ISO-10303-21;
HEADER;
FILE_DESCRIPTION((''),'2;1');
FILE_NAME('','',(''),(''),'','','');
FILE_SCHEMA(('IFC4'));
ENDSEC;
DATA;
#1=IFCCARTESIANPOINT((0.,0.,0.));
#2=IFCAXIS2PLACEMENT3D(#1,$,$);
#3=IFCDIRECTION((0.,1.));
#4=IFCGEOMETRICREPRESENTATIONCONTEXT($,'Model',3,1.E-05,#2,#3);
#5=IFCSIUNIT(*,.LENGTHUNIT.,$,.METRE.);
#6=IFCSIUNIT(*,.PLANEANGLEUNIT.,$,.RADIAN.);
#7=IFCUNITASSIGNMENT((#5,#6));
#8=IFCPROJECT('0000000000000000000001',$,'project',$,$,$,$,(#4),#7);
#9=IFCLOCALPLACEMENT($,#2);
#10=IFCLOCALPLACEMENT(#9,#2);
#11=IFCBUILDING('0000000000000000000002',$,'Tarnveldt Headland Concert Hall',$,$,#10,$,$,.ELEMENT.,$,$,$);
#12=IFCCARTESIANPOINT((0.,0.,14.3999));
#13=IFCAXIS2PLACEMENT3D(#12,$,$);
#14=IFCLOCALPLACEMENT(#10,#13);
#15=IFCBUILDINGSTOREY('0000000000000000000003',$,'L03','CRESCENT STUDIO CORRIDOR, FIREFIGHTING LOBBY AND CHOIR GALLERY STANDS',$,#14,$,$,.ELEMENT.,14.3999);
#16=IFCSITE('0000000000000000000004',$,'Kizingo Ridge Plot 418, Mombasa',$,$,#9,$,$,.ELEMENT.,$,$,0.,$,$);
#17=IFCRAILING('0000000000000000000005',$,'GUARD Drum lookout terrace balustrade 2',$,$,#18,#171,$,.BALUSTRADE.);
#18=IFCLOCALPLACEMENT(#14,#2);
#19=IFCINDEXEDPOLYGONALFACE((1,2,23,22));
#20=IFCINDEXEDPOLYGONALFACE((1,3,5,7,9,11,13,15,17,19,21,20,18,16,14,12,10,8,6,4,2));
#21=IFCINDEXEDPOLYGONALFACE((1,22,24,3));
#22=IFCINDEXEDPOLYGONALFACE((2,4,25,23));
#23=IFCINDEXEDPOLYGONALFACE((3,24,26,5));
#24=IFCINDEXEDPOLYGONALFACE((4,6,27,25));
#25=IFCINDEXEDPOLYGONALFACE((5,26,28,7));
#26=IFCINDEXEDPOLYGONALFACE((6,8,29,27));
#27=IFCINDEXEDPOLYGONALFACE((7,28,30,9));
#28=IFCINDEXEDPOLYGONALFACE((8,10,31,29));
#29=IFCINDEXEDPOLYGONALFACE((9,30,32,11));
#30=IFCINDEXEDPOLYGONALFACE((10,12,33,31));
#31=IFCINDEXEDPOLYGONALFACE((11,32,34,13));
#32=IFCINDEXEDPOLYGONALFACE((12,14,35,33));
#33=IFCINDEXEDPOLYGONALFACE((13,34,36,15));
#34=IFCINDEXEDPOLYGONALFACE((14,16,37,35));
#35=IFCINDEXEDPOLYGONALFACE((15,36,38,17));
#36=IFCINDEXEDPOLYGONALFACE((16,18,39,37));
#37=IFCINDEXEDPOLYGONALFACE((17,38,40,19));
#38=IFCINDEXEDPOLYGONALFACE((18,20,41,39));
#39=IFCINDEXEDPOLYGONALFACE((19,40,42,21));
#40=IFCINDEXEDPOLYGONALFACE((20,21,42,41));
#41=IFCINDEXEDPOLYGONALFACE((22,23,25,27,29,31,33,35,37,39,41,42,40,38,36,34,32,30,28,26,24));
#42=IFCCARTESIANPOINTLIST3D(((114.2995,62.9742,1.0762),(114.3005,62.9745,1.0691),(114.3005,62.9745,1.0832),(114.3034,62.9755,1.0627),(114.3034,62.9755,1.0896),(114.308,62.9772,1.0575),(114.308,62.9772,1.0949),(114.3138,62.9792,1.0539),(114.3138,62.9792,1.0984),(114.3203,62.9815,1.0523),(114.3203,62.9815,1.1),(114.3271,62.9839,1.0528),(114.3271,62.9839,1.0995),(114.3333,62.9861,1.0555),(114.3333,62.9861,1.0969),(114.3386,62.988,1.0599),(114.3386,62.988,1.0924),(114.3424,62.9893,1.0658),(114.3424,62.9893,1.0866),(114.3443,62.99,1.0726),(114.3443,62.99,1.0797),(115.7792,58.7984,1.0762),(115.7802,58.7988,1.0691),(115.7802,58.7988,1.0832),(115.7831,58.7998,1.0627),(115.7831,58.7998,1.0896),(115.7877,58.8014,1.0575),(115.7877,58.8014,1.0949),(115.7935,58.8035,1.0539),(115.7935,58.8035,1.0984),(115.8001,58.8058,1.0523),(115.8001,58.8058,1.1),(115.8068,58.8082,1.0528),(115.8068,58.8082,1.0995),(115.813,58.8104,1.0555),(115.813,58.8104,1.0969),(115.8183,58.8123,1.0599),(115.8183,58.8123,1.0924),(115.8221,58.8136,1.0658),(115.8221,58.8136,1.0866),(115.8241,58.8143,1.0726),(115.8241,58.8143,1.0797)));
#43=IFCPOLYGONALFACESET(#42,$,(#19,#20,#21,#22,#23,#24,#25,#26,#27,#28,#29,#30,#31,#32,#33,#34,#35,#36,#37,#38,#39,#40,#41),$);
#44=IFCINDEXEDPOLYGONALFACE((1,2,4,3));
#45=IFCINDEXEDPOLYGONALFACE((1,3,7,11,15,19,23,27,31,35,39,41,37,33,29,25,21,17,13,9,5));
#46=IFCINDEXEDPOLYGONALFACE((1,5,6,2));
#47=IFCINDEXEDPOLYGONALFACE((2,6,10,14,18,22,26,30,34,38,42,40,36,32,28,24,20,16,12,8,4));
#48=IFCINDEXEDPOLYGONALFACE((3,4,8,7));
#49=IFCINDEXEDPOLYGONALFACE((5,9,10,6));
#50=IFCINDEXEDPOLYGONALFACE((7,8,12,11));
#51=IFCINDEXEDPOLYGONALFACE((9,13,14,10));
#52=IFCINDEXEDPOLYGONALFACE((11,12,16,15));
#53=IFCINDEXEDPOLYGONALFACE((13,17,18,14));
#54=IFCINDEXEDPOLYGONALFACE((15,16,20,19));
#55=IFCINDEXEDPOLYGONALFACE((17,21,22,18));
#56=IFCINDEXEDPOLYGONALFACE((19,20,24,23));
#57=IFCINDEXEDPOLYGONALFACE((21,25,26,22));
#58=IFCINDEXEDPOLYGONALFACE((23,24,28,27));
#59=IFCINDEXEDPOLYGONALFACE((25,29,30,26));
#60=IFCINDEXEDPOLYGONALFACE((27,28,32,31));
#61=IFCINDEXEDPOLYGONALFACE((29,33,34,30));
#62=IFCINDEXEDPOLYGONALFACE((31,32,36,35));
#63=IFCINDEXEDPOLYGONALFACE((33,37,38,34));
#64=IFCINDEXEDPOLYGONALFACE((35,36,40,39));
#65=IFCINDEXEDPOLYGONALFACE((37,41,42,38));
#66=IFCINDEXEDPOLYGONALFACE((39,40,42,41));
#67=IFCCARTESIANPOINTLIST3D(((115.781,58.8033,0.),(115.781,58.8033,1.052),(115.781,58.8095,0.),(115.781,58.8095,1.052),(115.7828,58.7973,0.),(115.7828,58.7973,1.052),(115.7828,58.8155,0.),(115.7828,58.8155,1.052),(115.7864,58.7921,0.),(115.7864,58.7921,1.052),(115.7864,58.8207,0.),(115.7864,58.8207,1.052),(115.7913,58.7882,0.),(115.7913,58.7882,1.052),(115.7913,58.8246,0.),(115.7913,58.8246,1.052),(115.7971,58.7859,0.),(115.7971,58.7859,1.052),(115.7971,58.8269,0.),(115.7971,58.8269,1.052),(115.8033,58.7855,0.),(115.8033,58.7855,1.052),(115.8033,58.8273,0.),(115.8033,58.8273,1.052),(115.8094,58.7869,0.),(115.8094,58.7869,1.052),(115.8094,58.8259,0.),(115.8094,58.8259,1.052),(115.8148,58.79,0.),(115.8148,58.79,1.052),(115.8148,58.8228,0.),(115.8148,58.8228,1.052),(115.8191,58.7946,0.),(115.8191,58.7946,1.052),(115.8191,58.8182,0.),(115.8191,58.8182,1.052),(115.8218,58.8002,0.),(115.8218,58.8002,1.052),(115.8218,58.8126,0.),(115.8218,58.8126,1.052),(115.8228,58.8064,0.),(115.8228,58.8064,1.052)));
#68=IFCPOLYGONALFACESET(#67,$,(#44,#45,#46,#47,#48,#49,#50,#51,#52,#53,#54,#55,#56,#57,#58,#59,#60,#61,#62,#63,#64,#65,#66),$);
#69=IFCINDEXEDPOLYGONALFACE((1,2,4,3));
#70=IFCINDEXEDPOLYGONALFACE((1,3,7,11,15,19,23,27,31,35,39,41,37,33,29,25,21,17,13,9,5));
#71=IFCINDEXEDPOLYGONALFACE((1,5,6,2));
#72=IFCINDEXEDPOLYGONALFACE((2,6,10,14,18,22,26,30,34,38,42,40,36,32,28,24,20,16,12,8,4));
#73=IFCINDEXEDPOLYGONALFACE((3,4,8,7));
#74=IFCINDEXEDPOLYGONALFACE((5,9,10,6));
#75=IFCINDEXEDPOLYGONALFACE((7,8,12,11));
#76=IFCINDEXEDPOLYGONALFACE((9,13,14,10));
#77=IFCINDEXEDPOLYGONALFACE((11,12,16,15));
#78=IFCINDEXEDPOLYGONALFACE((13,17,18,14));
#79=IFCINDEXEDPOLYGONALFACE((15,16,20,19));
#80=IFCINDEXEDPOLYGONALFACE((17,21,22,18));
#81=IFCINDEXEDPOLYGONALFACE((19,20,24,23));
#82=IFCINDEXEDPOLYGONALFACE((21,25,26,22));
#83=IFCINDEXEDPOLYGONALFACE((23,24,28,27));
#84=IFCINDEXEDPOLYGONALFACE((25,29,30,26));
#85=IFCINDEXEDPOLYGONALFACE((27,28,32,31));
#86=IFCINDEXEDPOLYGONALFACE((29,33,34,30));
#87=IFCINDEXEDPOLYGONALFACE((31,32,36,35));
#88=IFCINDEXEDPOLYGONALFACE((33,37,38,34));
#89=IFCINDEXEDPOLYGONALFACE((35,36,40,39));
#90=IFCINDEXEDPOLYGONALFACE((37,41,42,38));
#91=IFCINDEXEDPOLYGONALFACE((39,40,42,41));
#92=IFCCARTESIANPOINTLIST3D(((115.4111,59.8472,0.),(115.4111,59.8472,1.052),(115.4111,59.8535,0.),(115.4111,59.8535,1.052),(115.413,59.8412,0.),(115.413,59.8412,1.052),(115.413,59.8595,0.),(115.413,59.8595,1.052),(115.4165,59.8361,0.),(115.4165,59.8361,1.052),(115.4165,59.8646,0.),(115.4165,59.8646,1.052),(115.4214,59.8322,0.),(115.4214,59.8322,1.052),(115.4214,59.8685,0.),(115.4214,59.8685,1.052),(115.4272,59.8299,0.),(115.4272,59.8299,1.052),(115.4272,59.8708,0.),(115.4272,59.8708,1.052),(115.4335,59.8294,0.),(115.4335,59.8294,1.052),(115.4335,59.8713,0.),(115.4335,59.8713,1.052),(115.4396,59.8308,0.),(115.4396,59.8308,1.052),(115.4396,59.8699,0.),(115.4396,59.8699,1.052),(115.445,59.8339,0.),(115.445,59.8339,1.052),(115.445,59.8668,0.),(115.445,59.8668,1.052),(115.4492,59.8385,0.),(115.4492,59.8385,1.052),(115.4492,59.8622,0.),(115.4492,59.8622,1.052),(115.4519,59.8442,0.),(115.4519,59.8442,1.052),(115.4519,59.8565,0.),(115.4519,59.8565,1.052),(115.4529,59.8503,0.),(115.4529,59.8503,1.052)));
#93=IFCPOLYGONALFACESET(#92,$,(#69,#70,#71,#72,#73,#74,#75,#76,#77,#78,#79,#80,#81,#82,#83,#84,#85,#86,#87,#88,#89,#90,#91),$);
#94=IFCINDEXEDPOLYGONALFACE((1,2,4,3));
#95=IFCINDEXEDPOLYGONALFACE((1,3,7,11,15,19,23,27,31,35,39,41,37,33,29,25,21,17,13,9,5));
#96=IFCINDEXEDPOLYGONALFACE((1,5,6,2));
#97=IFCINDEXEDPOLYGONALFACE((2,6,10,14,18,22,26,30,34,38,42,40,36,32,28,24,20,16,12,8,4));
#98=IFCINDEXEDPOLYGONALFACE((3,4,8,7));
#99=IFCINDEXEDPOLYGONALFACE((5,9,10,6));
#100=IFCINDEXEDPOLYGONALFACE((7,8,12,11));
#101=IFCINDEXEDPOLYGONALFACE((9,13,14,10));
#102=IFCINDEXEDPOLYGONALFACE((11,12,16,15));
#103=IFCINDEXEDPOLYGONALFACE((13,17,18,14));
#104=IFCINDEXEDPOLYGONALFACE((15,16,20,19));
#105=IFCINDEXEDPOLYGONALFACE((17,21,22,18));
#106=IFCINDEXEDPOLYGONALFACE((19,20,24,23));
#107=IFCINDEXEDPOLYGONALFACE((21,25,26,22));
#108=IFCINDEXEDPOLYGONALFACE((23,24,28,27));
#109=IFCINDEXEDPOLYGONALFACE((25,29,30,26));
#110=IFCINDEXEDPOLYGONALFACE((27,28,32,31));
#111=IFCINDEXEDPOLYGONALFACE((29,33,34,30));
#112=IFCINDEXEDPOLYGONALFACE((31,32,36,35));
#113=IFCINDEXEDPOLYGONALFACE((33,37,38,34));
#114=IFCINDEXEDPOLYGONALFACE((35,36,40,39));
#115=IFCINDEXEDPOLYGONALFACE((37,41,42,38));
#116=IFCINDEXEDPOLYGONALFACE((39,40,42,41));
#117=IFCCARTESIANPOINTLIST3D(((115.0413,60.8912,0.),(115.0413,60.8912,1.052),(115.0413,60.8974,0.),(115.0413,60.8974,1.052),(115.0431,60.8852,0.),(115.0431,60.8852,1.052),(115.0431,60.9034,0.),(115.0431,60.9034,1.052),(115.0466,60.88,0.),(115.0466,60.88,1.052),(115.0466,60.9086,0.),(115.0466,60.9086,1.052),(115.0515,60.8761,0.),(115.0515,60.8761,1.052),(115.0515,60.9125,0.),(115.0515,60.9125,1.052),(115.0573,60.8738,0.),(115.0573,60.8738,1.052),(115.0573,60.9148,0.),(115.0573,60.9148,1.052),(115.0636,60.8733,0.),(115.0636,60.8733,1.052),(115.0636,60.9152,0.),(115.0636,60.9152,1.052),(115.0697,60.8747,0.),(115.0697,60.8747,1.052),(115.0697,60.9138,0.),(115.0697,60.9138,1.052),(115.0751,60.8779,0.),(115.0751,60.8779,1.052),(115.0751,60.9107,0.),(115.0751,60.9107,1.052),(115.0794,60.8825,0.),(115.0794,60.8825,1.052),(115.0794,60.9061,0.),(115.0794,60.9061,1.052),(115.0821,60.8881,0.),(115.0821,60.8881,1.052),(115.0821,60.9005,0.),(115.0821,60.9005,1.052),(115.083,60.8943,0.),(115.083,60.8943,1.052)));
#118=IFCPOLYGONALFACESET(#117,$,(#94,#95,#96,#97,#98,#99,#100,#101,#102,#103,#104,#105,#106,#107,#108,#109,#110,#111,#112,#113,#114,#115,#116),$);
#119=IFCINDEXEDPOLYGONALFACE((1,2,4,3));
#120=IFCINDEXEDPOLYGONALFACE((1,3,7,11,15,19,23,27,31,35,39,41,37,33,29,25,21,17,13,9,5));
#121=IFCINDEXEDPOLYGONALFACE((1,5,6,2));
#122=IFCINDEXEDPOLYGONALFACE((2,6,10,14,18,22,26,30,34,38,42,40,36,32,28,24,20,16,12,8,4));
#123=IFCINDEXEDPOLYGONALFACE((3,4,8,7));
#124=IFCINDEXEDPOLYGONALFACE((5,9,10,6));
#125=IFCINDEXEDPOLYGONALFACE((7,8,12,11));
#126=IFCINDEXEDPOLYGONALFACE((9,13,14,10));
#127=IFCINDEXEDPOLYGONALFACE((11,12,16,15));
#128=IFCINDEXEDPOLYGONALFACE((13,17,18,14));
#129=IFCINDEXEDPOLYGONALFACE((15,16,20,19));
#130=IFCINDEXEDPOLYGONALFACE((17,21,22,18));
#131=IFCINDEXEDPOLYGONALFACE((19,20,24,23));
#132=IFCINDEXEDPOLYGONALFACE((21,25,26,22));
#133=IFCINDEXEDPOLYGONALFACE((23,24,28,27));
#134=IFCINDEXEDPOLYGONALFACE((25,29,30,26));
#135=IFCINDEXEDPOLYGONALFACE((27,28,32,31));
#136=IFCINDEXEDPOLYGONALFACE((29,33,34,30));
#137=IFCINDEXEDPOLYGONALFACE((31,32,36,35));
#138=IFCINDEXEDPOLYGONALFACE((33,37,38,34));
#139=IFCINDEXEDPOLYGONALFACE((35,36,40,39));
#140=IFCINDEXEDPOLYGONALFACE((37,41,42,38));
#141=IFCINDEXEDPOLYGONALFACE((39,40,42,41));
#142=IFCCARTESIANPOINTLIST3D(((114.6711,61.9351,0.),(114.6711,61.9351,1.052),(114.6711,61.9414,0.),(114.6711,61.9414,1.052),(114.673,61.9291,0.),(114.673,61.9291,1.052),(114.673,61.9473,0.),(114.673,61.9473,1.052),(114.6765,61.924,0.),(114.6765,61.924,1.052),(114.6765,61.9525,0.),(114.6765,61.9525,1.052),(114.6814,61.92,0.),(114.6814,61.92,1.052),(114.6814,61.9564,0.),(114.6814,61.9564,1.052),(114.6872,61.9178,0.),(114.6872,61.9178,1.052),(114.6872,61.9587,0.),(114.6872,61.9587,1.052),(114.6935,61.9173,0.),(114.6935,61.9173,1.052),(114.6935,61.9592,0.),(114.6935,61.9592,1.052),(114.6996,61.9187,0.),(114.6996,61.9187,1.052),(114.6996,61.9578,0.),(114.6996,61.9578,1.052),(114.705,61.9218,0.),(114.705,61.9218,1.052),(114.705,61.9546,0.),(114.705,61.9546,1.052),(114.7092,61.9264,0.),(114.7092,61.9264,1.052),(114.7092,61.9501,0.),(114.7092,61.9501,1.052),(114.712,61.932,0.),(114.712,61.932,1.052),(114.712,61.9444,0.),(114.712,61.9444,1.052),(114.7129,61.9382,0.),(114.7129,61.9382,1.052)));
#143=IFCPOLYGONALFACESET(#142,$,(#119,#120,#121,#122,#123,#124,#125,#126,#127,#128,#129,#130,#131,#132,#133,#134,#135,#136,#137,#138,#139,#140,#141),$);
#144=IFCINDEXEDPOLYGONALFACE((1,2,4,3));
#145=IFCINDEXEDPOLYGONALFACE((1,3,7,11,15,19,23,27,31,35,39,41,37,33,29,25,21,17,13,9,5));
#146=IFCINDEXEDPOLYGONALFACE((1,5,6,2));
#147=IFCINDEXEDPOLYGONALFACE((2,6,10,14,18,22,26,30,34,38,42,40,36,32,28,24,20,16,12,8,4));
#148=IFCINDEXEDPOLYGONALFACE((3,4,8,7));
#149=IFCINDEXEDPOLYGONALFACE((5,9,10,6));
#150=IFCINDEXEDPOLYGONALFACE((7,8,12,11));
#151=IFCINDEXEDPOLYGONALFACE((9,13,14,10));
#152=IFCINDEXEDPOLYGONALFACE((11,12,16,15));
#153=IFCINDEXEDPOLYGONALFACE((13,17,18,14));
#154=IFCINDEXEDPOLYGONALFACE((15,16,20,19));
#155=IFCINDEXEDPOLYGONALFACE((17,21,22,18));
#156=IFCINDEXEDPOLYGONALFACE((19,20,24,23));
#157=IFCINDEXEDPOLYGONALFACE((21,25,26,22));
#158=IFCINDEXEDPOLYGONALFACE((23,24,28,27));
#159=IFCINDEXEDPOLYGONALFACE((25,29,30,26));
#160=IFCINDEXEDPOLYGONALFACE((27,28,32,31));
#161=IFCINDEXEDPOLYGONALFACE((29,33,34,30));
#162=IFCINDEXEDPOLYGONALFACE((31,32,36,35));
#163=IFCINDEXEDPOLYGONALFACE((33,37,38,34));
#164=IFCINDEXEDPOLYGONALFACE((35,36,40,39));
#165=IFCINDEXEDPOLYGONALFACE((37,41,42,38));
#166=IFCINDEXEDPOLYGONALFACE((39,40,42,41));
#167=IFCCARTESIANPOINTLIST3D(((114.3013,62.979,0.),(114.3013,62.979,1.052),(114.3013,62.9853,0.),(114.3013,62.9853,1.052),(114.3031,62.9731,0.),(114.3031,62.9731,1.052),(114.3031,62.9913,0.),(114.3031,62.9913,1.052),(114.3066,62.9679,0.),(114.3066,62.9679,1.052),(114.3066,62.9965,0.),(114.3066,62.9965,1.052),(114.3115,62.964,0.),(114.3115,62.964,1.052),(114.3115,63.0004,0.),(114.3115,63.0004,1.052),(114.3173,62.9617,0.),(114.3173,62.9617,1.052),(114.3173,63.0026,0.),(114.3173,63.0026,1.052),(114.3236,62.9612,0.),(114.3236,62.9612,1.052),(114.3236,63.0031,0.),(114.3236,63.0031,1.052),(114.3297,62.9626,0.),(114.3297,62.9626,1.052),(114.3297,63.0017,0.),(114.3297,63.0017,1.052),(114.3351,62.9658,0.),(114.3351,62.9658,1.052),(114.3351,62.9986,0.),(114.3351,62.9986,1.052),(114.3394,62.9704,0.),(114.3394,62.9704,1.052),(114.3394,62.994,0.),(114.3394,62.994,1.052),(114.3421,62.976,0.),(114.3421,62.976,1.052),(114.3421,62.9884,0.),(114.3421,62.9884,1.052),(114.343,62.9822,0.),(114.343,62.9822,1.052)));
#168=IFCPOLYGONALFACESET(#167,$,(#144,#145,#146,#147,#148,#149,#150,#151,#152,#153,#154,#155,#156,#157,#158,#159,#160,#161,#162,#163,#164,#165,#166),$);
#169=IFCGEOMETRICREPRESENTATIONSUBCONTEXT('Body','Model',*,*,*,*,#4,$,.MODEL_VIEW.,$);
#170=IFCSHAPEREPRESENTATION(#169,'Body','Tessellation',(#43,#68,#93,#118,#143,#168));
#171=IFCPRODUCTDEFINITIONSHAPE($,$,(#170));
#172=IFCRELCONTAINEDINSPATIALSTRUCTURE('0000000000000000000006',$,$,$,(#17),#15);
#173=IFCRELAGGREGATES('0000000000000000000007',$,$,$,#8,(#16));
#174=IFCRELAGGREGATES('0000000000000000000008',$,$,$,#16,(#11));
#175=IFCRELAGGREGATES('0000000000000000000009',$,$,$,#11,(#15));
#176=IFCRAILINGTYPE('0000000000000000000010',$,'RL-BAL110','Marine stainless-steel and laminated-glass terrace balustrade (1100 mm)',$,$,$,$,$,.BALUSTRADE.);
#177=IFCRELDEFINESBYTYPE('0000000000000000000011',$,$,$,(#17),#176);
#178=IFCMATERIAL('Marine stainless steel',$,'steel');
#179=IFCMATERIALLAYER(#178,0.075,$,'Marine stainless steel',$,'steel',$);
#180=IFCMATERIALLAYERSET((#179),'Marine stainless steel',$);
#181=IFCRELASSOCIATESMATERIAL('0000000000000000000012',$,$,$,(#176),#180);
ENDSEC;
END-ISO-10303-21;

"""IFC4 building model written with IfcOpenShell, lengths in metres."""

from ifc_helpers import new_model, si_unit, direction, frame, origin, origin_2d, place, context, subcontext, project, spatial, circle, extrude, material, layer, layer_set, type_object, element, save


model = new_model("IFC4")

# Units and contexts
model_context = context("Model", 3, precision=1e-05, world=origin(), true_north=direction((0.0, 1.0)))
body_context = subcontext(model_context, "Body", "Model", "MODEL_VIEW")
ifc_project = project(units=[si_unit("LENGTHUNIT", "METRE"), si_unit("PLANEANGLEUNIT", "RADIAN")], contexts=[model_context])

# Site, building, storey
site_placement = place(None, origin())
site = spatial("IfcSite", under=ifc_project, at=site_placement, Name="Kizingo Ridge Plot 418, Mombasa", CompositionType="ELEMENT", RefElevation=0.0)
building_placement = place(site_placement, origin())
building = spatial("IfcBuilding", under=site, at=building_placement, Name="Tarnveldt Headland Concert Hall", CompositionType="ELEMENT")
storey_placement = place(building_placement, frame((0.0, 0.0, 14.3999)))
storey = spatial("IfcBuildingStorey", under=building, at=storey_placement, Name="L03", Description="CRESCENT STUDIO CORRIDOR, FIREFIGHTING LOBBY AND CHOIR GALLERY STANDS", CompositionType="ELEMENT", Elevation=14.3999)

# Railing
ifc_material_1 = material(Name="Marine stainless steel", Category="steel")
ifc_layer_1 = layer(ifc_material_1, 0.075, Name="Marine stainless steel", Category="steel")
ifc_layer_set_1 = layer_set([ifc_layer_1], Name="Marine stainless steel")
railing_type_1 = type_object("IfcRailingType", Name="RL-BAL110", Description="Marine stainless-steel and laminated-glass terrace balustrade (1100 mm)", PredefinedType="BALUSTRADE", material=ifc_layer_set_1)
railing_1_placement = place(storey_placement, frame((115.8018, 58.8064, 0.0)))
element("IfcRailing", 1, at=railing_1_placement, inside=storey, type_object=railing_type_1, Name="GUARD Drum lookout terrace balustrade 2", PredefinedType="BALUSTRADE", context=body_context, shape_type="SweptSolid", body=[
    extrude(circle(Radius=0.0239, at=origin_2d()), frame((0.0, 0.0, 1.0762), z_axis=(-0.33401, 0.942569, 0.0), x_axis=(-0.942569, -0.33401, 0.0)), (0.0, 0.0, 1.0), 4.4302),
    extrude(circle(Radius=0.021, at=origin_2d()), origin(), (0.0, 0.0, 1.0), 1.052),
    extrude(circle(Radius=0.021, at=origin_2d()), frame((-0.3699, 1.0439, 0.0)), (0.0, 0.0, 1.0), 1.052),
    extrude(circle(Radius=0.021, at=origin_2d()), frame((-0.7397, 2.0879, 0.0)), (0.0, 0.0, 1.0), 1.052),
    extrude(circle(Radius=0.021, at=origin_2d()), frame((-1.1099, 3.1318, 0.0)), (0.0, 0.0, 1.0), 1.052),
    extrude(circle(Radius=0.021, at=origin_2d()), frame((-1.4797, 4.1758, 0.0)), (0.0, 0.0, 1.0), 1.052),
])

save(model, "model.ifc")
